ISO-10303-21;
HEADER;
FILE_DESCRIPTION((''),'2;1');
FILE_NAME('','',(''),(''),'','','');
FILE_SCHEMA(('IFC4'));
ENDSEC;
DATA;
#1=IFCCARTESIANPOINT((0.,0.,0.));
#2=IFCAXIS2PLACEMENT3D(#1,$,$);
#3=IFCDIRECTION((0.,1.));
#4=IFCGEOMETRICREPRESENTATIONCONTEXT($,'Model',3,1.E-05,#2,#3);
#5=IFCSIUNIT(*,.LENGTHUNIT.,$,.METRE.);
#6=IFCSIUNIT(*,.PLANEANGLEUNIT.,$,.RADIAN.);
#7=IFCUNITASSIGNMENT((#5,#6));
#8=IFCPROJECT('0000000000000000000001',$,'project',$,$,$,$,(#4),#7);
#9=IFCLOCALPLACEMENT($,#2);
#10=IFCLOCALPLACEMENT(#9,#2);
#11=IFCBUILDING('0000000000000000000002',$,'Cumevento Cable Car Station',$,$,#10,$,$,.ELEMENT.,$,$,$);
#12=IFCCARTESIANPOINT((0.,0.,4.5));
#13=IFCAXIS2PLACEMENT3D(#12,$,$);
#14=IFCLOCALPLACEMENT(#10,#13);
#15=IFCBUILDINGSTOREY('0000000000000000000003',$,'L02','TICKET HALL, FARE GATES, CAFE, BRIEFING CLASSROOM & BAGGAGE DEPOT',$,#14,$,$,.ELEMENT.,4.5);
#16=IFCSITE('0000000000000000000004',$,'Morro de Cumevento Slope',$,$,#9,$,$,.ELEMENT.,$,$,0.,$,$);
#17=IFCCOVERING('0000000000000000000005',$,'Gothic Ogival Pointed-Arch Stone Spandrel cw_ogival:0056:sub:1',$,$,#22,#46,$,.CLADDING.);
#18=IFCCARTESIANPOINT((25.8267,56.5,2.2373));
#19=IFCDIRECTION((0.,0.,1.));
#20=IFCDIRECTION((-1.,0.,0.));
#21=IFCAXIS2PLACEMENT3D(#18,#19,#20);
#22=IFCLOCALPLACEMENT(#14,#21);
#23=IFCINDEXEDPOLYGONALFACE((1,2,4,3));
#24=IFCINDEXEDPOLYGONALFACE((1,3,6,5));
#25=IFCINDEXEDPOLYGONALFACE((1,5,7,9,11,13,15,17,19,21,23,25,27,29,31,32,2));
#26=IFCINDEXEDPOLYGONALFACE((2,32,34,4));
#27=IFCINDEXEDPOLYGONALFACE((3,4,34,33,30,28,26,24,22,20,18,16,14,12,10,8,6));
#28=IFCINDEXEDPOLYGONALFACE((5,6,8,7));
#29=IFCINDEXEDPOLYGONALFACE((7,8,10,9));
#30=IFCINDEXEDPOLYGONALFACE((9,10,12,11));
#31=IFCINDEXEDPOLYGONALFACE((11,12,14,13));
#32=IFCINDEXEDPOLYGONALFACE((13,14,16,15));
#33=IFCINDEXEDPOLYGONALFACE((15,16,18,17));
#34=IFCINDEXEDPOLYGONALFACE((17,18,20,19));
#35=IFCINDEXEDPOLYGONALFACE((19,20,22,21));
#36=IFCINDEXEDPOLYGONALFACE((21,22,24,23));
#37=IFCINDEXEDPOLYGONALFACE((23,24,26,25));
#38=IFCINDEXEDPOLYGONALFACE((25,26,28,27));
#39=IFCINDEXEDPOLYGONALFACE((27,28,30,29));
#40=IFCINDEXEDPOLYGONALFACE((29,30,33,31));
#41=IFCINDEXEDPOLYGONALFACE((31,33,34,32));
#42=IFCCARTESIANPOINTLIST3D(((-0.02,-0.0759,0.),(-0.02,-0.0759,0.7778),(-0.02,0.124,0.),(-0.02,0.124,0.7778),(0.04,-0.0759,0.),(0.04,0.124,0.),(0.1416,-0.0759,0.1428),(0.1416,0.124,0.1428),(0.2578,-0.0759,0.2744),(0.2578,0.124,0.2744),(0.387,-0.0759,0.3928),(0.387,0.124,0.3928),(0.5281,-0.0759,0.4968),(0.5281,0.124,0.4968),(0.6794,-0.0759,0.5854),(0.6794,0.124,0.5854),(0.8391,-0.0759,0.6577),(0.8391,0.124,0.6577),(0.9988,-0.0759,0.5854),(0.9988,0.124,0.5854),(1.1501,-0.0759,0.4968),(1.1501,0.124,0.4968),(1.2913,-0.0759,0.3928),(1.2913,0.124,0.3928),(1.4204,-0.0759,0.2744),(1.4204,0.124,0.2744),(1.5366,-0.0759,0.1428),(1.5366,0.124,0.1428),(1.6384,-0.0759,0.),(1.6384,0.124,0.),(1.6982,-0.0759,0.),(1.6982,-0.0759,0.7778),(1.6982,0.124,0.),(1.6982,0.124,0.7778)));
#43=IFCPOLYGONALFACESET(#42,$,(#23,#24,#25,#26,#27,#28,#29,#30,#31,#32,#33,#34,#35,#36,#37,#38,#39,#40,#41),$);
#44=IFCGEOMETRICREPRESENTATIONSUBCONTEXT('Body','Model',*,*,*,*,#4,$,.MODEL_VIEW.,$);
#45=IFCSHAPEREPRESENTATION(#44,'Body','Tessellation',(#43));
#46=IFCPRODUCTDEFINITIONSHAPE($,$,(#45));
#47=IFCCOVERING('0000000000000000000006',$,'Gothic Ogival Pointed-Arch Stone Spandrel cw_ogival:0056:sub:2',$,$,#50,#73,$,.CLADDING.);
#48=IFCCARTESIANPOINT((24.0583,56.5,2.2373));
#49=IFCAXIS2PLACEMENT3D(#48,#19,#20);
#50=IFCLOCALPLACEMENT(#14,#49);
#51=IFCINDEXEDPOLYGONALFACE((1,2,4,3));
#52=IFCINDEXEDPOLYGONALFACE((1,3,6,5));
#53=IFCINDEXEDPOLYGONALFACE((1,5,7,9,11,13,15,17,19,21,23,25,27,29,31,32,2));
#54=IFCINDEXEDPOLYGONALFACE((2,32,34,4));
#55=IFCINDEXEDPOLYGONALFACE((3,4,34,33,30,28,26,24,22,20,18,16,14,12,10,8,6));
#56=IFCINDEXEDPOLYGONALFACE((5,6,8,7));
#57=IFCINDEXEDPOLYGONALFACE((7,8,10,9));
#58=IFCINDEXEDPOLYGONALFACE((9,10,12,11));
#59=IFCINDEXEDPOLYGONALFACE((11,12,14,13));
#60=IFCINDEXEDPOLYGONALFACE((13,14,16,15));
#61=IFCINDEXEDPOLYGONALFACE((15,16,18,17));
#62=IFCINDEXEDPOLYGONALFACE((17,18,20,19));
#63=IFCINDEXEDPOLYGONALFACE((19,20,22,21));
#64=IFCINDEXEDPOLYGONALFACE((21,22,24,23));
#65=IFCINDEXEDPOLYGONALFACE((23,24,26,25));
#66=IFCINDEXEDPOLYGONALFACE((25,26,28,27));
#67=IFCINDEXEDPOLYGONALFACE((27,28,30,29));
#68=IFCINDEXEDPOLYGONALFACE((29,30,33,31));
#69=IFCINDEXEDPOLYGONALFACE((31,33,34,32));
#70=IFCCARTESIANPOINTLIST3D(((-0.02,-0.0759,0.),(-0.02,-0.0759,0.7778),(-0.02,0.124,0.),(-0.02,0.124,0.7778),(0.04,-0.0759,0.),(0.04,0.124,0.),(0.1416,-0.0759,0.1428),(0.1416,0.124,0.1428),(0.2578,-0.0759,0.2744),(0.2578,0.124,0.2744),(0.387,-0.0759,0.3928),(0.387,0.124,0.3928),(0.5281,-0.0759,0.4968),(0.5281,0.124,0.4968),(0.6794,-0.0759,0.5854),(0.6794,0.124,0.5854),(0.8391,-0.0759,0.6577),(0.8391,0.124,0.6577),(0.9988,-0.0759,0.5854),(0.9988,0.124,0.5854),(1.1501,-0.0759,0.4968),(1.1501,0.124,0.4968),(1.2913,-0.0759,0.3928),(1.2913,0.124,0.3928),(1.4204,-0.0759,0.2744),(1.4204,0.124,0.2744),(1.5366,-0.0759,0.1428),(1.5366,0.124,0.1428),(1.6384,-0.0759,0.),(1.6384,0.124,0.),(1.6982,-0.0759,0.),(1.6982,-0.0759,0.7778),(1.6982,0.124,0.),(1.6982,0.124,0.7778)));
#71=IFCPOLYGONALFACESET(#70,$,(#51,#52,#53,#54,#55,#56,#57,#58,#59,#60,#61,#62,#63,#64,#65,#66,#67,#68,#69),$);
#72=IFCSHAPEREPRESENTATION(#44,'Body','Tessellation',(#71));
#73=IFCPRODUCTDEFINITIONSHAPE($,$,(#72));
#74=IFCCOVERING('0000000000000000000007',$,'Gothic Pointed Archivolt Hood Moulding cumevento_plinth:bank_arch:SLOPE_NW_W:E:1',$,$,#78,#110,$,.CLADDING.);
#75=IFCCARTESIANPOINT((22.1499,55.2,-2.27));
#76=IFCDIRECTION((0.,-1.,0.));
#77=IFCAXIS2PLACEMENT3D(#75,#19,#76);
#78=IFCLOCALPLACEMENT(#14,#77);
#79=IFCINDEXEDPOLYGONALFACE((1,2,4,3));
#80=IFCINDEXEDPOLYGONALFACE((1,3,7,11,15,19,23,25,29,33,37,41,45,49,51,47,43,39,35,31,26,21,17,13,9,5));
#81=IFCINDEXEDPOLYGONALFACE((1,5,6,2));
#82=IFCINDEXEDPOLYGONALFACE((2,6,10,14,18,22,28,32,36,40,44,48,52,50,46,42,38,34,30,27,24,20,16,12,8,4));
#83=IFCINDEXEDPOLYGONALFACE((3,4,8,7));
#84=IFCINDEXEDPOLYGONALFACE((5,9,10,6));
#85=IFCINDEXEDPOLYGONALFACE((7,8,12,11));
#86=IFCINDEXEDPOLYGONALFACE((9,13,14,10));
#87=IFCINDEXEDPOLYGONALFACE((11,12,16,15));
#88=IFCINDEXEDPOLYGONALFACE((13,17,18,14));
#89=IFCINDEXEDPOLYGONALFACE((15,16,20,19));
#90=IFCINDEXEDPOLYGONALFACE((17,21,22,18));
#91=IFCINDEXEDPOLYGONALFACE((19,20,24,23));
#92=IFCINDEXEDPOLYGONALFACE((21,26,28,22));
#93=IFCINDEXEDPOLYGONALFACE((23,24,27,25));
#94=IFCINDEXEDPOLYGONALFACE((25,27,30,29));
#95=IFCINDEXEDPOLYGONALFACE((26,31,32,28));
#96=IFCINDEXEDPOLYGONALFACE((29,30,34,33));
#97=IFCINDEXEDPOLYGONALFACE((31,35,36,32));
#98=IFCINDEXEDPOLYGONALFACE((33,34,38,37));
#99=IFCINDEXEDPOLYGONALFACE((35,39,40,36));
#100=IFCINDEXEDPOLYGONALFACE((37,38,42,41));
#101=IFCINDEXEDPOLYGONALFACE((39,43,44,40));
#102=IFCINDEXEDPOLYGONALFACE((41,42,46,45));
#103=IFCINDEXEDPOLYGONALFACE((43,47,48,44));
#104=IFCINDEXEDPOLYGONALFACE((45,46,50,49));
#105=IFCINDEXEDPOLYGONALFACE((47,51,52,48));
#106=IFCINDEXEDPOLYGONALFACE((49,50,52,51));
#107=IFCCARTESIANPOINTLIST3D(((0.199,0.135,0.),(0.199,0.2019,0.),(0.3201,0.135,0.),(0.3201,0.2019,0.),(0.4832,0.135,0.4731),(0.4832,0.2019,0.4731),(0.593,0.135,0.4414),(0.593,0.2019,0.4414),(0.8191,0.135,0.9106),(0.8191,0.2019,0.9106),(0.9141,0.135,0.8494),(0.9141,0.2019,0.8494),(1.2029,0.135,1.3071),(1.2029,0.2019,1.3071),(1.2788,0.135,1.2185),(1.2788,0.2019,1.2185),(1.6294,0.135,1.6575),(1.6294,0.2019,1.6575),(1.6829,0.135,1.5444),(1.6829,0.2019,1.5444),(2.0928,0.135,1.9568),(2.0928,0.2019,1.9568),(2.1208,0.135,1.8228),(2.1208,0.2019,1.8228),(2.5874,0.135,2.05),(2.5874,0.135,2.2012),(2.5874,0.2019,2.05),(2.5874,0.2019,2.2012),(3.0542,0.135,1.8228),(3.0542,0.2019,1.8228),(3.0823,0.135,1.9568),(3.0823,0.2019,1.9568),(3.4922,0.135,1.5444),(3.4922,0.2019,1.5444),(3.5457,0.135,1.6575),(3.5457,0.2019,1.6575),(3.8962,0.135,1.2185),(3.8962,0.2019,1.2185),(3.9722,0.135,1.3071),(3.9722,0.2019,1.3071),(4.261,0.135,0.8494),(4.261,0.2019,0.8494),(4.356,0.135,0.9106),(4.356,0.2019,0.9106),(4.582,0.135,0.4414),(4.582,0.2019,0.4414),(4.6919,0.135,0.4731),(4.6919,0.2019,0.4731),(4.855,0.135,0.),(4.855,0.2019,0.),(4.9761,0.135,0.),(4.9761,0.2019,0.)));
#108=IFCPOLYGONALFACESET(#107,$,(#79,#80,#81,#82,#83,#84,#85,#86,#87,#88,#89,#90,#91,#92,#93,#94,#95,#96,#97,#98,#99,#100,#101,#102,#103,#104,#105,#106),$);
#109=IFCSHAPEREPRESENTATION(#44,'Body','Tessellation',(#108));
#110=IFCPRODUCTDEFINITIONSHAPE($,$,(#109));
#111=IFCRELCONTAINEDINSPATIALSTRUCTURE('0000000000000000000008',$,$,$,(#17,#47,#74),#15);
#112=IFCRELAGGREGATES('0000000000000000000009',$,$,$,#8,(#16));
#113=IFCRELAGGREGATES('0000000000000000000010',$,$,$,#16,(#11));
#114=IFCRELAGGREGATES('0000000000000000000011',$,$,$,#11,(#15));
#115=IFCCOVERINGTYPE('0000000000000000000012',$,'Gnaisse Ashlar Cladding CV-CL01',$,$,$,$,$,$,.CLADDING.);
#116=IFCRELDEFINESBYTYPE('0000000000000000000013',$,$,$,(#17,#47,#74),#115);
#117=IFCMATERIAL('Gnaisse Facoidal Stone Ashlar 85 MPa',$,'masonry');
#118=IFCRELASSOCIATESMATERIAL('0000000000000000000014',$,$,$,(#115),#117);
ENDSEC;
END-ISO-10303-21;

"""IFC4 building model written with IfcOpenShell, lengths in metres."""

from ifc_helpers import new_model, si_unit, direction, frame, origin, place, context, subcontext, project, spatial, polyline, outline, extrude, material, type_object, element, save


model = new_model("IFC4")

# Units and contexts
model_context = context("Model", 3, precision=1e-05, world=origin(), true_north=direction((0.0, 1.0)))
body_context = subcontext(model_context, "Body", "Model", "MODEL_VIEW")
ifc_project = project(units=[si_unit("LENGTHUNIT", "METRE"), si_unit("PLANEANGLEUNIT", "RADIAN")], contexts=[model_context])

# Site, building, storey
site_placement = place(None, origin())
site = spatial("IfcSite", under=ifc_project, at=site_placement, Name="Morro de Cumevento Slope", CompositionType="ELEMENT", RefElevation=0.0)
building_placement = place(site_placement, origin())
building = spatial("IfcBuilding", under=site, at=building_placement, Name="Cumevento Cable Car Station", CompositionType="ELEMENT")
storey_placement = place(building_placement, frame((0.0, 0.0, 4.5)))
storey = spatial("IfcBuildingStorey", under=building, at=storey_placement, Name="L02", Description="TICKET HALL, FARE GATES, CAFE, BRIEFING CLASSROOM & BAGGAGE DEPOT", CompositionType="ELEMENT", Elevation=4.5)

# Coverings
ifc_material_1 = material(Name="Gnaisse Facoidal Stone Ashlar 85 MPa", Category="masonry")
covering_type = type_object("IfcCoveringType", Name="Gnaisse Ashlar Cladding CV-CL01", PredefinedType="CLADDING", material=ifc_material_1)
for number, where, z_axis, x_axis, name in (
    (1, (25.8267, 56.5, 2.2373), (0.0, 0.0, 1.0), (-1.0, 0.0, 0.0), "Gothic Ogival Pointed-Arch Stone Spandrel cw_ogival:0056:sub:1"),
    (2, (24.0583, 56.5, 2.2373), (0.0, 0.0, 1.0), (-1.0, 0.0, 0.0), "Gothic Ogival Pointed-Arch Stone Spandrel cw_ogival:0056:sub:2"),
):
    element("IfcCovering", number, at=place(storey_placement, frame(where, z_axis=z_axis, x_axis=x_axis)), inside=storey, type_object=covering_type, Name=name, PredefinedType="CLADDING", context=body_context, shape_type="SweptSolid", body=[
        extrude(outline(polyline([(-0.02, 0.0), (-0.02, 0.7778), (1.6982, 0.7778), (1.6982, 0.0), (1.6384, 0.0), (1.5366, 0.1428), (1.4204, 0.2744), (1.2913, 0.3928), (1.1501, 0.4968), (0.9988, 0.5854), (0.8391, 0.6577), (0.6794, 0.5854), (0.5281, 0.4968), (0.387, 0.3928), (0.2578, 0.2744), (0.1416, 0.1428), (0.04, 0.0), (-0.02, 0.0)])), frame((0.0, 0.124, 0.0), z_axis=(0.0, -1.0, 0.0), x_axis=(1.0, 0.0, 0.0)), (0.0, 0.0, 1.0), 0.2),
    ])
covering_1_placement = place(storey_placement, frame((22.1499, 55.2, -2.27), z_axis=(0.0, 0.0, 1.0), x_axis=(0.0, -1.0, 0.0)))
element("IfcCovering", 3, at=covering_1_placement, inside=storey, type_object=covering_type, Name="Gothic Pointed Archivolt Hood Moulding cumevento_plinth:bank_arch:SLOPE_NW_W:E:1", PredefinedType="CLADDING", context=body_context, shape_type="SweptSolid", body=[
    extrude(outline(polyline([(0.3201, 0.0), (0.593, 0.4414), (0.9141, 0.8494), (1.2788, 1.2185), (1.6829, 1.5444), (2.1208, 1.8228), (2.5874, 2.05), (3.0542, 1.8228), (3.4922, 1.5444), (3.8962, 1.2185), (4.261, 0.8494), (4.582, 0.4414), (4.855, 0.0), (4.9761, 0.0), (4.6919, 0.4731), (4.356, 0.9106), (3.9722, 1.3071), (3.5457, 1.6575), (3.0823, 1.9568), (2.5874, 2.2012), (2.0928, 1.9568), (1.6294, 1.6575), (1.2029, 1.3071), (0.8191, 0.9106), (0.4832, 0.4731), (0.199, 0.0), (0.3201, 0.0)])), frame((0.0, 0.2019, 0.0), z_axis=(0.0, -1.0, 0.0), x_axis=(1.0, 0.0, 0.0)), (0.0, 0.0, 1.0), 0.0669),
])

save(model, "model.ifc")
